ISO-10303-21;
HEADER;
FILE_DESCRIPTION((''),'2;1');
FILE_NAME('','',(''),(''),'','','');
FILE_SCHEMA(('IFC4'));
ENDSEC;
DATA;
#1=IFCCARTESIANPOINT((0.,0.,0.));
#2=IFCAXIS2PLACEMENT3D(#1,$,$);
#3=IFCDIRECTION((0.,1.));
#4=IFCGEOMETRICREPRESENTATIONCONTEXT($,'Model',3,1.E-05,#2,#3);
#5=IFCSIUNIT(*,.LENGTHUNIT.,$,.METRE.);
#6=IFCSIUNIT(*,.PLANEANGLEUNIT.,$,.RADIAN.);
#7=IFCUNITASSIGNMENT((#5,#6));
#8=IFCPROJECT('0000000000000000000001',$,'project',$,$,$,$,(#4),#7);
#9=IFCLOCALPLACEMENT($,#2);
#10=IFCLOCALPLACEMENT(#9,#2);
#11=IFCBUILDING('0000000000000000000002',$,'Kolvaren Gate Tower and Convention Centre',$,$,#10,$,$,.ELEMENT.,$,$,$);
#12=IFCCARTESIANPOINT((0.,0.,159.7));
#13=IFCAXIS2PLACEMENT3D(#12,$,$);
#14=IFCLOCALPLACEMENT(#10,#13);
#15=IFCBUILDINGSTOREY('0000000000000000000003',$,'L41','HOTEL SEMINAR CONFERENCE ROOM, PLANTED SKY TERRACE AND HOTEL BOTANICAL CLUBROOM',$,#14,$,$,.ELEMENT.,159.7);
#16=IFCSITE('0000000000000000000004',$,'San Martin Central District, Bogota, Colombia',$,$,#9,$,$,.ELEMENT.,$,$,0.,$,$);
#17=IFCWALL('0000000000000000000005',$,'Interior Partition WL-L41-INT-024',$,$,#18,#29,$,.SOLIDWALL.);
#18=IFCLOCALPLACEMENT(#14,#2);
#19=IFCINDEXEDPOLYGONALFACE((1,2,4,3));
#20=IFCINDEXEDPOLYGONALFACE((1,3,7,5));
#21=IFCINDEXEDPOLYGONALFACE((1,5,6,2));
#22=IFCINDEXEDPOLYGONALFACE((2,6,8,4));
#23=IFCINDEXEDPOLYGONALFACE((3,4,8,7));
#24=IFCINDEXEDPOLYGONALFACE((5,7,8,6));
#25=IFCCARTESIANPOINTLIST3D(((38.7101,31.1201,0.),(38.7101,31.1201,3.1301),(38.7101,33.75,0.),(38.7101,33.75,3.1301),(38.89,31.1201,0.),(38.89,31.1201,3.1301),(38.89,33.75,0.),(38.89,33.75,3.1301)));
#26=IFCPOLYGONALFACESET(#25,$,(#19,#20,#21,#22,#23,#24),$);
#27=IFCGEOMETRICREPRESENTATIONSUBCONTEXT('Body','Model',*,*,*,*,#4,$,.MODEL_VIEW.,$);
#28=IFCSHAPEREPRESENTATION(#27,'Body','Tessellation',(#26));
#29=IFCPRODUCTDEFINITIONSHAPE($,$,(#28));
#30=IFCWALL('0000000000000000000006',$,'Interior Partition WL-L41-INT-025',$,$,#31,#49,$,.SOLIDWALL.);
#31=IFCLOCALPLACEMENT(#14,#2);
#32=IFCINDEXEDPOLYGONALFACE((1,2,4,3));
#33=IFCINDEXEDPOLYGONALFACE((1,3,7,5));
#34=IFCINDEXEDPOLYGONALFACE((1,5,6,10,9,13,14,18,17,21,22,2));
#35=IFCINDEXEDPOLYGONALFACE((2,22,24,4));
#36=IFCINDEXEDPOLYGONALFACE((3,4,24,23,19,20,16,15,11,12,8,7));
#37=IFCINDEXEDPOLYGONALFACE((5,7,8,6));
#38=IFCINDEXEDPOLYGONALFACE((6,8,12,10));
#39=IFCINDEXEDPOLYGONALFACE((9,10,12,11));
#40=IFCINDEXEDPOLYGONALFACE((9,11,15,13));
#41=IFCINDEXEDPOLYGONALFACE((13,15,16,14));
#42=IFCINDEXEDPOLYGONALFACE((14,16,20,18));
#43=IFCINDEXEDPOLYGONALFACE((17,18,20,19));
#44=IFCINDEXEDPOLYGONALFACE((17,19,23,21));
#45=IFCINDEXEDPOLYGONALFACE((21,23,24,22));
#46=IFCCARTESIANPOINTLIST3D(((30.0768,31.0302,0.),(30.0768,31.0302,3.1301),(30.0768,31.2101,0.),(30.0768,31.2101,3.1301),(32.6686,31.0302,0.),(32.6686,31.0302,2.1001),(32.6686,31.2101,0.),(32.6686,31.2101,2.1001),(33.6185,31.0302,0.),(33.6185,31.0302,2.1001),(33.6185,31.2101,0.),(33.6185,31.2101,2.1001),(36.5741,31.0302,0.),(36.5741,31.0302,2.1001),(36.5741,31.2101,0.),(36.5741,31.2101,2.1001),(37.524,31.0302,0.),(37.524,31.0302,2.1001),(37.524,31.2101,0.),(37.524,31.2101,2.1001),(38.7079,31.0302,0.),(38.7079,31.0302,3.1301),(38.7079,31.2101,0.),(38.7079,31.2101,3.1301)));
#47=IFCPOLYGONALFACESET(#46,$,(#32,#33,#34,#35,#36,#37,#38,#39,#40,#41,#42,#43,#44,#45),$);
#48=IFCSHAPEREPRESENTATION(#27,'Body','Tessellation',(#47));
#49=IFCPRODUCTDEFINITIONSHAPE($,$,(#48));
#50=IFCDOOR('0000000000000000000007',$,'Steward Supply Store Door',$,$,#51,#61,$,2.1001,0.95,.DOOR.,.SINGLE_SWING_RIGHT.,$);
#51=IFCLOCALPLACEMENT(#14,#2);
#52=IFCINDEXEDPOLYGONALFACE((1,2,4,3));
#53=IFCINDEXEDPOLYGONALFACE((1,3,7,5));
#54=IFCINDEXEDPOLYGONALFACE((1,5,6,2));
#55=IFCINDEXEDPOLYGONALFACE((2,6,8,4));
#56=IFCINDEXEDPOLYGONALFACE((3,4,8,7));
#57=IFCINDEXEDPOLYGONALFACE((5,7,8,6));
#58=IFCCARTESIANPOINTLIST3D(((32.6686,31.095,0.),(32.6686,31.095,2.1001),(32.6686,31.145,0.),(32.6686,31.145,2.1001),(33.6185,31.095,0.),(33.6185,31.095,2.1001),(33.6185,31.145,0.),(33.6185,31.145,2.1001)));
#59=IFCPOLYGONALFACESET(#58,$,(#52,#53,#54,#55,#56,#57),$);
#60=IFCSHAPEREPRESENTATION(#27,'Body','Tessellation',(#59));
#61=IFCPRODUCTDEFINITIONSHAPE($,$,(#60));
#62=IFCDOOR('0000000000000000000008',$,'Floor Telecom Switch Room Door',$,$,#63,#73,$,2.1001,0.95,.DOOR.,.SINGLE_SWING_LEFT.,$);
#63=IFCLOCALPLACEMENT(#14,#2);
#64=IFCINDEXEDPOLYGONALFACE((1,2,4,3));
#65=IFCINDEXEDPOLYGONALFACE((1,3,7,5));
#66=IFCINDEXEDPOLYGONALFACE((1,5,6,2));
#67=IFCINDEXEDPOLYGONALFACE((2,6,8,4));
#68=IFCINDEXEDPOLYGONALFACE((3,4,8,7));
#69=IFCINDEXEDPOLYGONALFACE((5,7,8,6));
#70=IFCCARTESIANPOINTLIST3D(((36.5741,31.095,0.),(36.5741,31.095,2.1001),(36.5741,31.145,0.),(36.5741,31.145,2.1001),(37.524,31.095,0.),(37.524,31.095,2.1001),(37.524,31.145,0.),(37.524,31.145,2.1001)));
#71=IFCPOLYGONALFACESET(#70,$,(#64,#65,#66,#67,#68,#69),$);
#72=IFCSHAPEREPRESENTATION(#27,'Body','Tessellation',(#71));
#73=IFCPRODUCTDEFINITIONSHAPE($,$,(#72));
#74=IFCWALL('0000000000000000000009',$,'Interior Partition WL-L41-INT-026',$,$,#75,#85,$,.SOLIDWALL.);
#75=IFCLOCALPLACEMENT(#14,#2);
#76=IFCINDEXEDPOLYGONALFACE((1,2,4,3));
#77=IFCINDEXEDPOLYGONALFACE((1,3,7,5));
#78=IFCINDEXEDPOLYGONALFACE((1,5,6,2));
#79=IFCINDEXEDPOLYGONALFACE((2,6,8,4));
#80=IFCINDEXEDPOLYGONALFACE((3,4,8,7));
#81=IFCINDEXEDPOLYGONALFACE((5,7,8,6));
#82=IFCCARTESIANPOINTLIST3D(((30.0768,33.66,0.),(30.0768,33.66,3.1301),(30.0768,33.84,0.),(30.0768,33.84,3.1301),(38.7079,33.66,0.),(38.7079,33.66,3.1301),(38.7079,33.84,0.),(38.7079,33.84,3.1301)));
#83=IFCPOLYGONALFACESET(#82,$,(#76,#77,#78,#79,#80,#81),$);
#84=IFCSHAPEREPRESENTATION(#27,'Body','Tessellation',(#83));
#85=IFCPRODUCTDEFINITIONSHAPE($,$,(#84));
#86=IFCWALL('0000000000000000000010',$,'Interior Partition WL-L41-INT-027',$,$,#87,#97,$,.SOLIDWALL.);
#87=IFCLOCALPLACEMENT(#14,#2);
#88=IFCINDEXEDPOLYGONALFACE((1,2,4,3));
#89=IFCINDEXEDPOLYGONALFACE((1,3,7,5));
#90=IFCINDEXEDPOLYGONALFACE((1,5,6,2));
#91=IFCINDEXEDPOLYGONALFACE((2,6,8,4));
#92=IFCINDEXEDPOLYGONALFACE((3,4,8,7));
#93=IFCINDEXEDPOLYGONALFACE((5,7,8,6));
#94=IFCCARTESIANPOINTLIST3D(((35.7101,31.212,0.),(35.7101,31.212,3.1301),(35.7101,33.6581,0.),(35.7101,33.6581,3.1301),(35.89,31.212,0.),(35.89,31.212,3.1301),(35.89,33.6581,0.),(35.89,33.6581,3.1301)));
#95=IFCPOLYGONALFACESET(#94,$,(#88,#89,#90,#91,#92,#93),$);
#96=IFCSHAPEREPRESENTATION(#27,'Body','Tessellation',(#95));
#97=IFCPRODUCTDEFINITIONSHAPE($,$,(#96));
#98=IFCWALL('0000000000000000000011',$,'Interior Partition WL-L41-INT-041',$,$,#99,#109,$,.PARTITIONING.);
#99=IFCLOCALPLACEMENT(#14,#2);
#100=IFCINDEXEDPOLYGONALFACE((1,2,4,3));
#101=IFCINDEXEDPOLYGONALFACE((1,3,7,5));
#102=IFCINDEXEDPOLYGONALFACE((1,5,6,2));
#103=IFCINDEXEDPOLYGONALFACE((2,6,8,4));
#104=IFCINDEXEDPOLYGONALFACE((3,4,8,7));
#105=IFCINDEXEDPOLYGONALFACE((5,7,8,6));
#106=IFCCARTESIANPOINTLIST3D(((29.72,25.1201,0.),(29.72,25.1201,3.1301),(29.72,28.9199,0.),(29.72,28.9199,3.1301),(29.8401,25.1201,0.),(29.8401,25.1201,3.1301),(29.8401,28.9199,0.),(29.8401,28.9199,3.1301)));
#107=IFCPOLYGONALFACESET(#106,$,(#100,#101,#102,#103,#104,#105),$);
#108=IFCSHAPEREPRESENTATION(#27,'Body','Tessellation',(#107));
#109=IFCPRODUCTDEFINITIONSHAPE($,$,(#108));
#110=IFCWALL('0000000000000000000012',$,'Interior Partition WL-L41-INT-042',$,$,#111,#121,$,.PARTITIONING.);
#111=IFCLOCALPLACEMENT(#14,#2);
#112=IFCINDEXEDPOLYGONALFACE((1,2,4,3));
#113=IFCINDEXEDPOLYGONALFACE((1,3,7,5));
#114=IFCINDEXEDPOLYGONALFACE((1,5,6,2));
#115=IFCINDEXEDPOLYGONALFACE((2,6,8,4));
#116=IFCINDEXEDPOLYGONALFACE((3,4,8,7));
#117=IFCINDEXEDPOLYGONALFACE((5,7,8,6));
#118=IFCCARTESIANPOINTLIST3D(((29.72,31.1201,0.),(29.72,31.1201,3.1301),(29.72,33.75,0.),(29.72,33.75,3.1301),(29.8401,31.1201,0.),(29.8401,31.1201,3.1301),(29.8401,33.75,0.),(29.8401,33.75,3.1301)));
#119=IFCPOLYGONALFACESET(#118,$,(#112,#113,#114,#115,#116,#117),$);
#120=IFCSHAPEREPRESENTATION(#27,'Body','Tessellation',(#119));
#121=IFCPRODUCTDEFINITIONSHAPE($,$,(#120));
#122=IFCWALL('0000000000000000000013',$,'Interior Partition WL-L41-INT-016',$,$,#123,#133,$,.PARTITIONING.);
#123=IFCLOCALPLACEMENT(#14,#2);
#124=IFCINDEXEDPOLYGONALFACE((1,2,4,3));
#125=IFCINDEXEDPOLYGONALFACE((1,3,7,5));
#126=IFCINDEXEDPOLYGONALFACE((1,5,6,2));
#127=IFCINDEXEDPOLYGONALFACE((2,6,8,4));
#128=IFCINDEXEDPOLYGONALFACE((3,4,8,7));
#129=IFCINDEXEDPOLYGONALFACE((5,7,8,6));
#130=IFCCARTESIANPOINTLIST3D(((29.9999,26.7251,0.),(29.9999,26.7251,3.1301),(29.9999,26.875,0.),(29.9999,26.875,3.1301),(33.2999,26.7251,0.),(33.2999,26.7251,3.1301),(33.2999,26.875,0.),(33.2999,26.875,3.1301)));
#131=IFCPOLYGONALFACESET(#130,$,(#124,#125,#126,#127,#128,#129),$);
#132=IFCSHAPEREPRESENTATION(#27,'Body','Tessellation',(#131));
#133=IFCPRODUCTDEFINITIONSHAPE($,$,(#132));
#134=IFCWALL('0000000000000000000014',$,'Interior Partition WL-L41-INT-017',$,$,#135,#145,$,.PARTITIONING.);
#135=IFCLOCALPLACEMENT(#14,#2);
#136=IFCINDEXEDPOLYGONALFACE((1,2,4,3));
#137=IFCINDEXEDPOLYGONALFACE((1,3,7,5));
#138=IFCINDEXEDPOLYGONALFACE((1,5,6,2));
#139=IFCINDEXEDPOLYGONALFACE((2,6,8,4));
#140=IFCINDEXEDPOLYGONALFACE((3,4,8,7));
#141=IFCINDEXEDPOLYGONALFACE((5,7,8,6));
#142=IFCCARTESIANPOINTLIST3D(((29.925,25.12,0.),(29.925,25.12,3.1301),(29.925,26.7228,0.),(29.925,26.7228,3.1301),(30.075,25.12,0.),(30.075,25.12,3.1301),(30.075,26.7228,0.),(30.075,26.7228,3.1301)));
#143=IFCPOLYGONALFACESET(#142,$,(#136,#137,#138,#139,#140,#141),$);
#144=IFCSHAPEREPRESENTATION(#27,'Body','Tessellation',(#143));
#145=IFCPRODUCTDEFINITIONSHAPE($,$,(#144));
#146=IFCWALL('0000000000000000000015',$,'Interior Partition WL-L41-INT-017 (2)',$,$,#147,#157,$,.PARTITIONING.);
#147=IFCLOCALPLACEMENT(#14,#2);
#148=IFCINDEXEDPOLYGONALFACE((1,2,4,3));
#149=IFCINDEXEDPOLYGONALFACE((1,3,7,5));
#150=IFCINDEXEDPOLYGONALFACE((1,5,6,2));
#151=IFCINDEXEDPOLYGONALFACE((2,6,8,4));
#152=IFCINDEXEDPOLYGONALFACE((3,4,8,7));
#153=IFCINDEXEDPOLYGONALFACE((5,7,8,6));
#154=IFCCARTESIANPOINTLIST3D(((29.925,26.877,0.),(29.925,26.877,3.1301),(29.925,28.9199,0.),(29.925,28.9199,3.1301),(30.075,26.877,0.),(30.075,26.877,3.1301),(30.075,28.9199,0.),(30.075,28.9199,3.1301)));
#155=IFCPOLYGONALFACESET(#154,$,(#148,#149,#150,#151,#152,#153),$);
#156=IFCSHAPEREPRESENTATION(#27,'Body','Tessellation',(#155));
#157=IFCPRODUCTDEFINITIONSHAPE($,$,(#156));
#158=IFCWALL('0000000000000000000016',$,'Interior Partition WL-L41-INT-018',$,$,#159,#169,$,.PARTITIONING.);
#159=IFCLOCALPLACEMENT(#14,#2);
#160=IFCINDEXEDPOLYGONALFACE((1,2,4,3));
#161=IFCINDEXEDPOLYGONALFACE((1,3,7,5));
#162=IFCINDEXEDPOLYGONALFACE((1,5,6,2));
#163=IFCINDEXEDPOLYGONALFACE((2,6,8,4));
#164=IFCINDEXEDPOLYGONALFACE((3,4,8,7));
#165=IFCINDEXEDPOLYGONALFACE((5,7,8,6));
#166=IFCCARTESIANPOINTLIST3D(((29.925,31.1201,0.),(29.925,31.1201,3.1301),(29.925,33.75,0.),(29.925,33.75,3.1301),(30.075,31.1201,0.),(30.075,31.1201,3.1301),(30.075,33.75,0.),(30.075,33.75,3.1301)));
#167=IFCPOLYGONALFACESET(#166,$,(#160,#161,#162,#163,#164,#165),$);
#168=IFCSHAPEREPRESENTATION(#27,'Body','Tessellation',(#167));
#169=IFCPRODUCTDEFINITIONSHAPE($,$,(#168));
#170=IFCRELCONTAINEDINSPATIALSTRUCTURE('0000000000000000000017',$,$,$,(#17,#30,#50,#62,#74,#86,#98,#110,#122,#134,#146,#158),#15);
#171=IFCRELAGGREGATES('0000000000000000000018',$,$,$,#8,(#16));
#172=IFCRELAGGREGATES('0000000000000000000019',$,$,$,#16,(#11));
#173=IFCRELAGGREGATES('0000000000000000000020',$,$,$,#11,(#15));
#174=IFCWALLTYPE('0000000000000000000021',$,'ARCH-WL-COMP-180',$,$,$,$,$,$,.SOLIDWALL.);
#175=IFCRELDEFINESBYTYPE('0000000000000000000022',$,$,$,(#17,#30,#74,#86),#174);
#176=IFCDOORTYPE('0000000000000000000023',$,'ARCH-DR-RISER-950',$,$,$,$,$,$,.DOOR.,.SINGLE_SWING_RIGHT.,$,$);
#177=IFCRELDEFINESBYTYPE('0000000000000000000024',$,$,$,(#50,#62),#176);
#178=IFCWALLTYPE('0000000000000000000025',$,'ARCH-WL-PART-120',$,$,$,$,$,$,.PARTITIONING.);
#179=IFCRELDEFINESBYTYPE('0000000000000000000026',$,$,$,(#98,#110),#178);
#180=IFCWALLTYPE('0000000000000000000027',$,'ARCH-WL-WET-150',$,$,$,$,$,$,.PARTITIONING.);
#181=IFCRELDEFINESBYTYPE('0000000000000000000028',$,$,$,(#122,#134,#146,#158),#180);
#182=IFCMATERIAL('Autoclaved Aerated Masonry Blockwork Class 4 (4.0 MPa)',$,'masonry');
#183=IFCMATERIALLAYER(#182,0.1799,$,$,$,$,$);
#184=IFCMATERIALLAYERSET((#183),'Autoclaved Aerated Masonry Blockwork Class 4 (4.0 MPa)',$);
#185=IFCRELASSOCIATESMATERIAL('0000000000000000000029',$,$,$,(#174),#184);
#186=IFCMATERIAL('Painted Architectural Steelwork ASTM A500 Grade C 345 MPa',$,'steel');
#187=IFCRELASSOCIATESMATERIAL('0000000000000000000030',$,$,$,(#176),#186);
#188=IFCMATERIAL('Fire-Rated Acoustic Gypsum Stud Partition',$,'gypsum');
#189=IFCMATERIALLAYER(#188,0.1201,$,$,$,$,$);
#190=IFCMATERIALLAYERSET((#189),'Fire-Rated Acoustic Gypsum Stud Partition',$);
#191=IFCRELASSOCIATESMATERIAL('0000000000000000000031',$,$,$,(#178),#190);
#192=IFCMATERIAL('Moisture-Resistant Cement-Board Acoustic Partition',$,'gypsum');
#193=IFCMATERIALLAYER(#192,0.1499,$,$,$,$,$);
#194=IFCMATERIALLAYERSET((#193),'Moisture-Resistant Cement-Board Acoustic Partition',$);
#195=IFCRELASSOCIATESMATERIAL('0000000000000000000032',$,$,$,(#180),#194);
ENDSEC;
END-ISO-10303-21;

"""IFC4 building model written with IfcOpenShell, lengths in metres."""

from ifc_helpers import new_model, si_unit, direction, frame, frame_2d, origin, place, context, subcontext, project, spatial, rectangle, extrude, material, layer, layer_set, type_object, element, fill, save


model = new_model("IFC4")

# Units and contexts
model_context = context("Model", 3, precision=1e-05, world=origin(), true_north=direction((0.0, 1.0)))
body_context = subcontext(model_context, "Body", "Model", "MODEL_VIEW")
ifc_project = project(units=[si_unit("LENGTHUNIT", "METRE"), si_unit("PLANEANGLEUNIT", "RADIAN")], contexts=[model_context])

# Site, building, storey
site_placement = place(None, origin())
site = spatial("IfcSite", under=ifc_project, at=site_placement, Name="San Martin Central District, Bogota, Colombia", CompositionType="ELEMENT", RefElevation=0.0)
building_placement = place(site_placement, origin())
building = spatial("IfcBuilding", under=site, at=building_placement, Name="Kolvaren Gate Tower and Convention Centre", CompositionType="ELEMENT")
storey_placement = place(building_placement, frame((0.0, 0.0, 159.7)))
storey = spatial("IfcBuildingStorey", under=building, at=storey_placement, Name="L41", Description="HOTEL SEMINAR CONFERENCE ROOM, PLANTED SKY TERRACE AND HOTEL BOTANICAL CLUBROOM", CompositionType="ELEMENT", Elevation=159.7)

# Wall
ifc_material_1 = material(Name="Autoclaved Aerated Masonry Blockwork Class 4 (4.0 MPa)", Category="masonry")
ifc_layer_1 = layer(ifc_material_1, 0.1799)
ifc_layer_set_1 = layer_set([ifc_layer_1], Name="Autoclaved Aerated Masonry Blockwork Class 4 (4.0 MPa)")
wall_type_1 = type_object("IfcWallType", Name="ARCH-WL-COMP-180", PredefinedType="SOLIDWALL", material=ifc_layer_set_1)
wall_1_placement = place(storey_placement, frame((38.8, 31.1201, 0.0), z_axis=(0.0, 0.0, 1.0), x_axis=(0.0, 1.0, 0.0)))
element("IfcWall", 1, at=wall_1_placement, inside=storey, type_object=wall_type_1, Name="Interior Partition WL-L41-INT-024", PredefinedType="SOLIDWALL", context=body_context, shape_type="SweptSolid", body=[
    extrude(rectangle(XDim=2.6299, YDim=0.1799, at=frame_2d((1.3149, 0.0))), origin(), (0.0, 0.0, 1.0), 3.1301),
])

# Wall, openings, doors
wall_2_placement = place(storey_placement, frame((30.0769, 31.1201, 0.0), z_axis=(0.0, 0.0, 1.0), x_axis=(1.0, 0.0, 0.0)))
wall_2 = element("IfcWall", 2, at=wall_2_placement, inside=storey, type_object=wall_type_1, Name="Interior Partition WL-L41-INT-025", PredefinedType="SOLIDWALL", context=body_context, shape_type="SweptSolid", body=[
    extrude(rectangle(XDim=8.6311, YDim=0.1799, at=frame_2d((4.3154, 0.0))), origin(), (0.0, 0.0, 1.0), 3.1301),
])
opening_1_placement = place(wall_2_placement, frame((2.5916, 0.0, 0.0)))
opening_1 = element("IfcOpeningElement", 3, at=opening_1_placement, cuts=wall_2, PredefinedType="OPENING", context=body_context, shape_type="SweptSolid", body=[
    extrude(rectangle(XDim=0.95, YDim=2.1001, at=frame_2d((0.4751, 1.05))), frame((0.0, 0.0999, 0.0), z_axis=(0.0, -1.0, 0.0), x_axis=(1.0, 0.0, 0.0)), (0.0, 0.0, 1.0), 0.2),
])
opening_2_placement = place(wall_2_placement, frame((6.4971, 0.0, 0.0)))
opening_2 = element("IfcOpeningElement", 4, at=opening_2_placement, cuts=wall_2, PredefinedType="OPENING", context=body_context, shape_type="SweptSolid", body=[
    extrude(rectangle(XDim=0.95, YDim=2.1001, at=frame_2d((0.4751, 1.05))), frame((0.0, 0.0999, 0.0), z_axis=(0.0, -1.0, 0.0), x_axis=(1.0, 0.0, 0.0)), (0.0, 0.0, 1.0), 0.2),
])
ifc_material_2 = material(Name="Painted Architectural Steelwork ASTM A500 Grade C 345 MPa", Category="steel")
door_type = type_object("IfcDoorType", Name="ARCH-DR-RISER-950", OperationType="SINGLE_SWING_RIGHT", PredefinedType="DOOR", material=ifc_material_2)
door_1_placement = place(opening_1_placement, origin())
door_1 = element("IfcDoor", 5, at=door_1_placement, inside=storey, type_object=door_type, Name="Steward Supply Store Door", OperationType="SINGLE_SWING_RIGHT", OverallHeight=2.1001, OverallWidth=0.95, PredefinedType="DOOR", context=body_context, shape_type="SweptSolid", body=[
    extrude(rectangle(XDim=0.95, YDim=2.1001, at=frame_2d((0.4751, 1.05))), frame((0.0, 0.0249, 0.0), z_axis=(0.0, -1.0, 0.0), x_axis=(1.0, 0.0, 0.0)), (0.0, 0.0, 1.0), 0.05),
])
fill(opening_1, door_1)
door_2_placement = place(opening_2_placement, origin())
door_2 = element("IfcDoor", 6, at=door_2_placement, inside=storey, type_object=door_type, Name="Floor Telecom Switch Room Door", OperationType="SINGLE_SWING_LEFT", OverallHeight=2.1001, OverallWidth=0.95, PredefinedType="DOOR", context=body_context, shape_type="SweptSolid", body=[
    extrude(rectangle(XDim=0.95, YDim=2.1001, at=frame_2d((0.4751, 1.05))), frame((0.0, 0.0249, 0.0), z_axis=(0.0, -1.0, 0.0), x_axis=(1.0, 0.0, 0.0)), (0.0, 0.0, 1.0), 0.05),
])
fill(opening_2, door_2)

# Walls
wall_3_placement = place(storey_placement, frame((30.0769, 33.75, 0.0), z_axis=(0.0, 0.0, 1.0), x_axis=(1.0, 0.0, 0.0)))
element("IfcWall", 7, at=wall_3_placement, inside=storey, type_object=wall_type_1, Name="Interior Partition WL-L41-INT-026", PredefinedType="SOLIDWALL", context=body_context, shape_type="SweptSolid", body=[
    extrude(rectangle(XDim=8.6311, YDim=0.1799, at=frame_2d((4.3154, 0.0))), origin(), (0.0, 0.0, 1.0), 3.1301),
])
wall_4_placement = place(storey_placement, frame((35.8, 31.2119, 0.0), z_axis=(0.0, 0.0, 1.0), x_axis=(0.0, 1.0, 0.0)))
element("IfcWall", 8, at=wall_4_placement, inside=storey, type_object=wall_type_1, Name="Interior Partition WL-L41-INT-027", PredefinedType="SOLIDWALL", context=body_context, shape_type="SweptSolid", body=[
    extrude(rectangle(XDim=2.446, YDim=0.1799, at=frame_2d((1.2231, 0.0))), origin(), (0.0, 0.0, 1.0), 3.1301),
])
ifc_material_3 = material(Name="Fire-Rated Acoustic Gypsum Stud Partition", Category="gypsum")
ifc_layer_2 = layer(ifc_material_3, 0.1201)
ifc_layer_set_2 = layer_set([ifc_layer_2], Name="Fire-Rated Acoustic Gypsum Stud Partition")
wall_type_2 = type_object("IfcWallType", Name="ARCH-WL-PART-120", PredefinedType="PARTITIONING", material=ifc_layer_set_2)
wall_5_placement = place(storey_placement, frame((29.78, 25.1201, 0.0), z_axis=(0.0, 0.0, 1.0), x_axis=(0.0, 1.0, 0.0)))
element("IfcWall", 9, at=wall_5_placement, inside=storey, type_object=wall_type_2, Name="Interior Partition WL-L41-INT-041", PredefinedType="PARTITIONING", context=body_context, shape_type="SweptSolid", body=[
    extrude(rectangle(XDim=3.7998, YDim=0.1201, at=frame_2d((1.8999, 0.0))), origin(), (0.0, 0.0, 1.0), 3.1301),
])
wall_6_placement = place(storey_placement, frame((29.78, 31.1201, 0.0), z_axis=(0.0, 0.0, 1.0), x_axis=(0.0, 1.0, 0.0)))
element("IfcWall", 10, at=wall_6_placement, inside=storey, type_object=wall_type_2, Name="Interior Partition WL-L41-INT-042", PredefinedType="PARTITIONING", context=body_context, shape_type="SweptSolid", body=[
    extrude(rectangle(XDim=2.6299, YDim=0.1201, at=frame_2d((1.3149, 0.0))), origin(), (0.0, 0.0, 1.0), 3.1301),
])
ifc_material_4 = material(Name="Moisture-Resistant Cement-Board Acoustic Partition", Category="gypsum")
ifc_layer_3 = layer(ifc_material_4, 0.1499)
ifc_layer_set_3 = layer_set([ifc_layer_3], Name="Moisture-Resistant Cement-Board Acoustic Partition")
wall_type_3 = type_object("IfcWallType", Name="ARCH-WL-WET-150", PredefinedType="PARTITIONING", material=ifc_layer_set_3)
wall_7_placement = place(storey_placement, frame((30.0, 26.8, 0.0), z_axis=(0.0, 0.0, 1.0), x_axis=(1.0, 0.0, 0.0)))
element("IfcWall", 11, at=wall_7_placement, inside=storey, type_object=wall_type_3, Name="Interior Partition WL-L41-INT-016", PredefinedType="PARTITIONING", context=body_context, shape_type="SweptSolid", body=[
    extrude(rectangle(XDim=3.3, YDim=0.1499, at=frame_2d((1.6499, 0.0))), origin(), (0.0, 0.0, 1.0), 3.1301),
])
wall_8_placement = place(storey_placement, frame((30.0, 25.1201, 0.0), z_axis=(0.0, 0.0, 1.0), x_axis=(0.0, 1.0, 0.0)))
element("IfcWall", 12, at=wall_8_placement, inside=storey, type_object=wall_type_3, Name="Interior Partition WL-L41-INT-017", PredefinedType="PARTITIONING", context=body_context, shape_type="SweptSolid", body=[
    extrude(rectangle(XDim=1.6028, YDim=0.1499, at=frame_2d((0.8013, 0.0))), origin(), (0.0, 0.0, 1.0), 3.1301),
])
wall_9_placement = place(storey_placement, frame((30.0, 26.877, 0.0), z_axis=(0.0, 0.0, 1.0), x_axis=(0.0, 1.0, 0.0)))
element("IfcWall", 13, at=wall_9_placement, inside=storey, type_object=wall_type_3, Name="Interior Partition WL-L41-INT-017 (2)", PredefinedType="PARTITIONING", context=body_context, shape_type="SweptSolid", body=[
    extrude(rectangle(XDim=2.043, YDim=0.1499, at=frame_2d((1.0215, 0.0))), origin(), (0.0, 0.0, 1.0), 3.1301),
])
wall_10_placement = place(storey_placement, frame((30.0, 31.1201, 0.0), z_axis=(0.0, 0.0, 1.0), x_axis=(0.0, 1.0, 0.0)))
element("IfcWall", 14, at=wall_10_placement, inside=storey, type_object=wall_type_3, Name="Interior Partition WL-L41-INT-018", PredefinedType="PARTITIONING", context=body_context, shape_type="SweptSolid", body=[
    extrude(rectangle(XDim=2.6299, YDim=0.1499, at=frame_2d((1.3149, 0.0))), origin(), (0.0, 0.0, 1.0), 3.1301),
])

save(model, "model.ifc")
